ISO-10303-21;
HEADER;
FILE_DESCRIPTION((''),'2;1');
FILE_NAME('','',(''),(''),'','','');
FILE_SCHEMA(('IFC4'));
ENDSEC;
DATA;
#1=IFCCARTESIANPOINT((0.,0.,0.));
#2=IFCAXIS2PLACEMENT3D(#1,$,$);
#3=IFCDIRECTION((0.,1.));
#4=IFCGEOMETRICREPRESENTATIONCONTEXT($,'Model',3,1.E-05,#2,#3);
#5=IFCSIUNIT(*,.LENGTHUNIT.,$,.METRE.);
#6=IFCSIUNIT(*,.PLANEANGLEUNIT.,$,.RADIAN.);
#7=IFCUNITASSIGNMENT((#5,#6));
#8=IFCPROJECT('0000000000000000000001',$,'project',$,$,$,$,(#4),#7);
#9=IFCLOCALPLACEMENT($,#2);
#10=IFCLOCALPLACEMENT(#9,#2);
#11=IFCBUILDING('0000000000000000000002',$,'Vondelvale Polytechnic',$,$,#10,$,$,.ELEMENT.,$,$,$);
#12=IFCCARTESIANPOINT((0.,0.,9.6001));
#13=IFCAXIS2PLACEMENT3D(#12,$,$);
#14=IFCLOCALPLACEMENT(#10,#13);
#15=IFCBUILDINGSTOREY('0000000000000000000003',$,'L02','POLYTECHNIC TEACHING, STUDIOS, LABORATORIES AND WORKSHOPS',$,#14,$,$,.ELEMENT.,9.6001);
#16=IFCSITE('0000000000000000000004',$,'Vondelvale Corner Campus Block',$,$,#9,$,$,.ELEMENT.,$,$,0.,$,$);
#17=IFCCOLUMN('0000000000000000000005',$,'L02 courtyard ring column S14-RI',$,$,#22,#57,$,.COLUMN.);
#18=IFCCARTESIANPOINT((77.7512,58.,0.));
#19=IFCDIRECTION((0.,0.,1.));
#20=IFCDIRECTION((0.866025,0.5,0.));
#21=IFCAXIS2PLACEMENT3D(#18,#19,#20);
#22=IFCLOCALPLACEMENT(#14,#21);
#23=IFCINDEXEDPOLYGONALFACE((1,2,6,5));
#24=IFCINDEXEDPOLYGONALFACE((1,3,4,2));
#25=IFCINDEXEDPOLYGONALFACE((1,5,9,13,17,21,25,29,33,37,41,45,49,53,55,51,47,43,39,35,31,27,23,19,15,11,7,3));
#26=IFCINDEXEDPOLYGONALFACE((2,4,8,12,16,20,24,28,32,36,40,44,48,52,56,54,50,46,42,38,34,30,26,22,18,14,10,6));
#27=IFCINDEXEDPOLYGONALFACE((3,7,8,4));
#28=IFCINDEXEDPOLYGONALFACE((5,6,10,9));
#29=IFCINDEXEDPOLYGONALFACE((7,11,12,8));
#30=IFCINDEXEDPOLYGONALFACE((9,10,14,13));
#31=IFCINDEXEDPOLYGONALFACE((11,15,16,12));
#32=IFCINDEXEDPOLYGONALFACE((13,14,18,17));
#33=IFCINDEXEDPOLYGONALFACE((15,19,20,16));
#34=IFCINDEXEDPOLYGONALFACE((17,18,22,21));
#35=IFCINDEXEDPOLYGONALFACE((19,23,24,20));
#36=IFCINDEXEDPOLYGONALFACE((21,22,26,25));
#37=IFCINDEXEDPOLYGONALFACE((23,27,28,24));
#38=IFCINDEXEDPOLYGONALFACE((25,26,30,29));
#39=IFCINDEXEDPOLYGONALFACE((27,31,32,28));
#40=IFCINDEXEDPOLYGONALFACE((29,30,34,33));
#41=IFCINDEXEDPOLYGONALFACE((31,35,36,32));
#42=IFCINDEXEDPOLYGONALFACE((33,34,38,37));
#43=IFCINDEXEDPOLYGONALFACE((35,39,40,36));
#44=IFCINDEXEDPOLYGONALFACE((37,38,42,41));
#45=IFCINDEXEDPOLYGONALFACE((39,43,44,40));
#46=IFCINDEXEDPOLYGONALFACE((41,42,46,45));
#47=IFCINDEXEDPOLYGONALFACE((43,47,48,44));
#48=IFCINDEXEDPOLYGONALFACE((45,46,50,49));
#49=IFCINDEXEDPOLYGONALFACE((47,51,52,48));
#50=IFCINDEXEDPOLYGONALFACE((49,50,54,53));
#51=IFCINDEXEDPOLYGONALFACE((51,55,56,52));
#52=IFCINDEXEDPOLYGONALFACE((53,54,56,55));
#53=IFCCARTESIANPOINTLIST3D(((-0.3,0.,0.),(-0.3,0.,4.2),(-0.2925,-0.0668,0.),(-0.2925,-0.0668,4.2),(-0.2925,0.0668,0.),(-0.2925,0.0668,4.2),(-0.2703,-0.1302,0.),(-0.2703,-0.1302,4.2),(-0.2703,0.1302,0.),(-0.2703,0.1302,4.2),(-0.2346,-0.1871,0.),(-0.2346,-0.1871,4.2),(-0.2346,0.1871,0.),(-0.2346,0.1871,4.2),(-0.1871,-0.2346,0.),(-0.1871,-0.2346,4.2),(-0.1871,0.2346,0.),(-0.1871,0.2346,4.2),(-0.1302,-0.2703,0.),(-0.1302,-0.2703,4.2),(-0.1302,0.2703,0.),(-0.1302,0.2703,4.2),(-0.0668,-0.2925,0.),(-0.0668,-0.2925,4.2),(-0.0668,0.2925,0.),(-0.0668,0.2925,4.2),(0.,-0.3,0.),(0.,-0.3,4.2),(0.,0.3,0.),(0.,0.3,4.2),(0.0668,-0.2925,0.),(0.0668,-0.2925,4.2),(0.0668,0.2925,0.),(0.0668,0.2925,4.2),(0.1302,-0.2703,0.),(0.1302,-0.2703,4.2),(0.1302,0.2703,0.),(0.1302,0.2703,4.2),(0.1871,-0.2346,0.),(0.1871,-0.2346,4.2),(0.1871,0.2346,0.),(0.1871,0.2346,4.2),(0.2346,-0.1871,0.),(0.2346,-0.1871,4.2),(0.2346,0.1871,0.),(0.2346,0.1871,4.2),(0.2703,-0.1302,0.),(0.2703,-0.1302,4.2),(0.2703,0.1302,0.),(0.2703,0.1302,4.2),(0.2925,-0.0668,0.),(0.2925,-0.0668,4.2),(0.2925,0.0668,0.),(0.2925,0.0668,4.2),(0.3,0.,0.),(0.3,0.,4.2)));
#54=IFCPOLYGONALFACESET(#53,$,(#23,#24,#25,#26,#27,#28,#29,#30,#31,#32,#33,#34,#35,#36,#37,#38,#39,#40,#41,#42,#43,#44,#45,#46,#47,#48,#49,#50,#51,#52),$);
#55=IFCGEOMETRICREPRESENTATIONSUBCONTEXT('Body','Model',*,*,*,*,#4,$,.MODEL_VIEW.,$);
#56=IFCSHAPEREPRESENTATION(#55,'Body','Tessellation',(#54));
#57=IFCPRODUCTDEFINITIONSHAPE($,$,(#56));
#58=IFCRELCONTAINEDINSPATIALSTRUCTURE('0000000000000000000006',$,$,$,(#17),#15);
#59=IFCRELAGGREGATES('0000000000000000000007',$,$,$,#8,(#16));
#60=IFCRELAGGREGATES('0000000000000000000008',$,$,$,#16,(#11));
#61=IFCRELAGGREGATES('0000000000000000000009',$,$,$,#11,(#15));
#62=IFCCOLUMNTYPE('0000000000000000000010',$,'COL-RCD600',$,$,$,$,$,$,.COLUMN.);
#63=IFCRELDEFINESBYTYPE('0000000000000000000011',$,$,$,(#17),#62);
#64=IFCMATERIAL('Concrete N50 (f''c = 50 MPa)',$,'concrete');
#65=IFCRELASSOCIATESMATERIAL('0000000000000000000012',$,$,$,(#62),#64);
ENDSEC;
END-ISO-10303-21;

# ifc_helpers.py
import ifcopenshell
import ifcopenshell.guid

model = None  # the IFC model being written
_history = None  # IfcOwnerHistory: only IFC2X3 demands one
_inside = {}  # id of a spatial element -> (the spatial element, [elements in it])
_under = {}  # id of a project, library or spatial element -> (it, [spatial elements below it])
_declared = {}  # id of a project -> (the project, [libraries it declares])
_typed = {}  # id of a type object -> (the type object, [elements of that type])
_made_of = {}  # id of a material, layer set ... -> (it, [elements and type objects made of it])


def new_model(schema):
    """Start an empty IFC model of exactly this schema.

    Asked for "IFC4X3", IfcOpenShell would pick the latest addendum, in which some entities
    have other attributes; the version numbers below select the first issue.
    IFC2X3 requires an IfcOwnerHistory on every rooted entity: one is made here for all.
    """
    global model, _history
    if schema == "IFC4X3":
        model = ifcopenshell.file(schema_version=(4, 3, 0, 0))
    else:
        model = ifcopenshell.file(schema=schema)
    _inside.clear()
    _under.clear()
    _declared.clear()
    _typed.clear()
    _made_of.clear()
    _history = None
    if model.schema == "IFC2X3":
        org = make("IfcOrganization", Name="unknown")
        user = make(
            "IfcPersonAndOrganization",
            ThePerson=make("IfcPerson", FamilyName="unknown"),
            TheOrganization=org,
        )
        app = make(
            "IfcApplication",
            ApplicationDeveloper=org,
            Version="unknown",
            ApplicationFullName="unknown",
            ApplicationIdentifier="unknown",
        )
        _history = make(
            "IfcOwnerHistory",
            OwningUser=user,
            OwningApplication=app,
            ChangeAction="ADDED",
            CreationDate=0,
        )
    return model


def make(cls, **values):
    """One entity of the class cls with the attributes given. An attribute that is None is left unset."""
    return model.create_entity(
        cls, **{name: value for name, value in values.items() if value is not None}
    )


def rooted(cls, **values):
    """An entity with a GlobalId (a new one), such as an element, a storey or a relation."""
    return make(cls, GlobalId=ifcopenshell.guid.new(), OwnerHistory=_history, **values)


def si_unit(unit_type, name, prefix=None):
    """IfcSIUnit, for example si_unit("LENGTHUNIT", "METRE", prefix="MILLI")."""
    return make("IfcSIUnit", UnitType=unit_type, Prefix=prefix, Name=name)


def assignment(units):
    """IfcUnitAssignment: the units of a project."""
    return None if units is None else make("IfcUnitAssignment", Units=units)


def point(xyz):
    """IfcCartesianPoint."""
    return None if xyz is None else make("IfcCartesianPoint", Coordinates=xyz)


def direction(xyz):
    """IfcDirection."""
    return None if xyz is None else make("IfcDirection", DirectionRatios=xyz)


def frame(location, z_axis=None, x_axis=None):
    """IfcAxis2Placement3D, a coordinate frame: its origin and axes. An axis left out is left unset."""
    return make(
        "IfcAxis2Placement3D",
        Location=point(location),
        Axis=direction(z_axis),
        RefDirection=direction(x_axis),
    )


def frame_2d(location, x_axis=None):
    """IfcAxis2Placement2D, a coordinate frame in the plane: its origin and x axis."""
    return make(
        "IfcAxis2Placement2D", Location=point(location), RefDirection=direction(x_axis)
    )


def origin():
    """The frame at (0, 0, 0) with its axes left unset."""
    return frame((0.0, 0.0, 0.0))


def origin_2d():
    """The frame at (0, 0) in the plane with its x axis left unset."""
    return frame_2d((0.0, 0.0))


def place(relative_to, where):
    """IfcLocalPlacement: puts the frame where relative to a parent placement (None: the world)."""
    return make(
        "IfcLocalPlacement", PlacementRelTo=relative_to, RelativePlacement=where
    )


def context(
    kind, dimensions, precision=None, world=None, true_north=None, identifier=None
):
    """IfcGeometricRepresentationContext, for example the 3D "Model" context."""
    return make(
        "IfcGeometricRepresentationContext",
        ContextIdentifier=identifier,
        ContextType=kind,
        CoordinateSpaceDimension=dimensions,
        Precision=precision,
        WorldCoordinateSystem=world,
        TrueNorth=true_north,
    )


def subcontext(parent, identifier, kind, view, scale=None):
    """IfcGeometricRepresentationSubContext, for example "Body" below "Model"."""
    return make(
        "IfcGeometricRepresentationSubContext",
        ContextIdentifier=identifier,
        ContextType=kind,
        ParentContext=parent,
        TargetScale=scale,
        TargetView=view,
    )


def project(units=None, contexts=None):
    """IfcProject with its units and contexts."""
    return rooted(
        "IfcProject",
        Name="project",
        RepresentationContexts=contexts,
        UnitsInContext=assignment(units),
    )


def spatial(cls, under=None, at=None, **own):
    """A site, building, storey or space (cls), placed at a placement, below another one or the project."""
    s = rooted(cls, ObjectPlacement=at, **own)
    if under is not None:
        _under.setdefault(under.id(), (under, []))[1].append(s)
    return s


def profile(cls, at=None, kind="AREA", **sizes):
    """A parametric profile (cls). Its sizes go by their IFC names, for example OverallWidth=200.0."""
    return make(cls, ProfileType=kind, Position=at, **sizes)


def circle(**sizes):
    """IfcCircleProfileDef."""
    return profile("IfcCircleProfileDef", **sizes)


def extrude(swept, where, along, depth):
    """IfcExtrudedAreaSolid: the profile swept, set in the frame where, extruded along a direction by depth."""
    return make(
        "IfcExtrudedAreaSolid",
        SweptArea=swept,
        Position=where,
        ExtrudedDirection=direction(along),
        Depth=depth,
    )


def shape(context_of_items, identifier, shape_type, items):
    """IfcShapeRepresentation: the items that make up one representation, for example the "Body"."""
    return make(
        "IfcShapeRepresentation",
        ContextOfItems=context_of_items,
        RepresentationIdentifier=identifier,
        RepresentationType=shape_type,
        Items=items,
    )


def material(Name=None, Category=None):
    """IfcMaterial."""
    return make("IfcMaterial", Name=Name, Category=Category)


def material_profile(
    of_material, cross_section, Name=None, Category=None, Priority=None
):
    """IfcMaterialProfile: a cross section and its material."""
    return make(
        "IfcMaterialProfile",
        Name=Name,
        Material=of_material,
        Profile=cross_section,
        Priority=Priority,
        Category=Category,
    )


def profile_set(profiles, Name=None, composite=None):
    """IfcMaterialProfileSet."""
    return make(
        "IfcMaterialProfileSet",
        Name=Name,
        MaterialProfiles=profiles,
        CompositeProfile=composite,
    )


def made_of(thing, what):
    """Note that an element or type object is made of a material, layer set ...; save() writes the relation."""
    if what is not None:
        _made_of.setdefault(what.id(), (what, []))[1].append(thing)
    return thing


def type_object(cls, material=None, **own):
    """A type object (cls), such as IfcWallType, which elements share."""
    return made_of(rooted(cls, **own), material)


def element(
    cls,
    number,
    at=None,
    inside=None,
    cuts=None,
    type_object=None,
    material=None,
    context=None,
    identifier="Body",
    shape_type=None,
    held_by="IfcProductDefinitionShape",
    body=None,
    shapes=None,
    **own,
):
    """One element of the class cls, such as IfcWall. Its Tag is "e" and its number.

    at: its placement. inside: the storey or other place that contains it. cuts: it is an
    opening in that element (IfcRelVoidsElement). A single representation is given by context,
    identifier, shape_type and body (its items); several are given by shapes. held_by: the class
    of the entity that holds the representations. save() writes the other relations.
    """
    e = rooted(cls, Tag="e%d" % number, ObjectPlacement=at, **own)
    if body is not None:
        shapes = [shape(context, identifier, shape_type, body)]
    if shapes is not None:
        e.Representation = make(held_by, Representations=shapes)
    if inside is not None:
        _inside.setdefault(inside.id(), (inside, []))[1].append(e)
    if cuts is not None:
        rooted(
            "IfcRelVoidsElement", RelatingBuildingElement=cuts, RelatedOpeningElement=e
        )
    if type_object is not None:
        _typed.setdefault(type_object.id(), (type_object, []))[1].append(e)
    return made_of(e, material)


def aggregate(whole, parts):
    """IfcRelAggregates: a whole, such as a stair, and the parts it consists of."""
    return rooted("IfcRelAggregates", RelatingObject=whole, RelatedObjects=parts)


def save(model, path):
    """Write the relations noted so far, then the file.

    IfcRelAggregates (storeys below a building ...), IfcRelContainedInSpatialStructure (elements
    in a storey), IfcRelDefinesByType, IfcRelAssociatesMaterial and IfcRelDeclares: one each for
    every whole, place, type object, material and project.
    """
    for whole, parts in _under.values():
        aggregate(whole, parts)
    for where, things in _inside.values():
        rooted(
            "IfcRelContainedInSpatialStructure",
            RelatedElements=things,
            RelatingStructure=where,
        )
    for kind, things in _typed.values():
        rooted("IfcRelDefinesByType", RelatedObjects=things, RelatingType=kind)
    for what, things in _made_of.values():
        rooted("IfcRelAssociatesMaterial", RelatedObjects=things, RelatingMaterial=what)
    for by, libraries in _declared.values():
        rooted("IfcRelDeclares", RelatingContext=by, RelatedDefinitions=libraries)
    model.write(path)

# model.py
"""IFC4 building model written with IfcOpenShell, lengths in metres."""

from ifc_helpers import new_model, si_unit, direction, frame, origin, origin_2d, place, context, subcontext, project, spatial, circle, extrude, material, material_profile, profile_set, type_object, element, save


model = new_model("IFC4")

# Units and contexts
model_context = context("Model", 3, precision=1e-05, world=origin(), true_north=direction((0.0, 1.0)))
body_context = subcontext(model_context, "Body", "Model", "MODEL_VIEW")
ifc_project = project(units=[si_unit("LENGTHUNIT", "METRE"), si_unit("PLANEANGLEUNIT", "RADIAN")], contexts=[model_context])

# Site, building, storey
site_placement = place(None, origin())
site = spatial("IfcSite", under=ifc_project, at=site_placement, Name="Vondelvale Corner Campus Block", CompositionType="ELEMENT", RefElevation=0.0)
building_placement = place(site_placement, origin())
building = spatial("IfcBuilding", under=site, at=building_placement, Name="Vondelvale Polytechnic", CompositionType="ELEMENT")
storey_placement = place(building_placement, frame((0.0, 0.0, 9.6001)))
storey = spatial("IfcBuildingStorey", under=building, at=storey_placement, Name="L02", Description="POLYTECHNIC TEACHING, STUDIOS, LABORATORIES AND WORKSHOPS", CompositionType="ELEMENT", Elevation=9.6001)

# Column
ifc_material_1 = material(Name="Concrete N50 (f'c = 50 MPa)", Category="concrete")
ifc_material_profile_1 = material_profile(ifc_material_1, circle(Radius=0.3, at=origin_2d()), Name="RC-COL-D600")
ifc_profile_set_1 = profile_set([ifc_material_profile_1], Name="Concrete N50 (f'c = 50 MPa)")
column_type = type_object("IfcColumnType", Name="COL-RCD600", PredefinedType="COLUMN", material=ifc_profile_set_1)
column_placement = place(storey_placement, frame((77.7512, 58.0, 0.0), z_axis=(0.0, 0.0, 1.0), x_axis=(0.866025, 0.5, 0.0)))
element("IfcColumn", 1, at=column_placement, inside=storey, type_object=column_type, Name="L02 courtyard ring column S14-RI", PredefinedType="COLUMN", context=body_context, shape_type="SweptSolid", body=[
    extrude(circle(Radius=0.3, at=origin_2d()), origin(), (0.0, 0.0, 1.0), 4.2),
])

save(model, "model.ifc")
